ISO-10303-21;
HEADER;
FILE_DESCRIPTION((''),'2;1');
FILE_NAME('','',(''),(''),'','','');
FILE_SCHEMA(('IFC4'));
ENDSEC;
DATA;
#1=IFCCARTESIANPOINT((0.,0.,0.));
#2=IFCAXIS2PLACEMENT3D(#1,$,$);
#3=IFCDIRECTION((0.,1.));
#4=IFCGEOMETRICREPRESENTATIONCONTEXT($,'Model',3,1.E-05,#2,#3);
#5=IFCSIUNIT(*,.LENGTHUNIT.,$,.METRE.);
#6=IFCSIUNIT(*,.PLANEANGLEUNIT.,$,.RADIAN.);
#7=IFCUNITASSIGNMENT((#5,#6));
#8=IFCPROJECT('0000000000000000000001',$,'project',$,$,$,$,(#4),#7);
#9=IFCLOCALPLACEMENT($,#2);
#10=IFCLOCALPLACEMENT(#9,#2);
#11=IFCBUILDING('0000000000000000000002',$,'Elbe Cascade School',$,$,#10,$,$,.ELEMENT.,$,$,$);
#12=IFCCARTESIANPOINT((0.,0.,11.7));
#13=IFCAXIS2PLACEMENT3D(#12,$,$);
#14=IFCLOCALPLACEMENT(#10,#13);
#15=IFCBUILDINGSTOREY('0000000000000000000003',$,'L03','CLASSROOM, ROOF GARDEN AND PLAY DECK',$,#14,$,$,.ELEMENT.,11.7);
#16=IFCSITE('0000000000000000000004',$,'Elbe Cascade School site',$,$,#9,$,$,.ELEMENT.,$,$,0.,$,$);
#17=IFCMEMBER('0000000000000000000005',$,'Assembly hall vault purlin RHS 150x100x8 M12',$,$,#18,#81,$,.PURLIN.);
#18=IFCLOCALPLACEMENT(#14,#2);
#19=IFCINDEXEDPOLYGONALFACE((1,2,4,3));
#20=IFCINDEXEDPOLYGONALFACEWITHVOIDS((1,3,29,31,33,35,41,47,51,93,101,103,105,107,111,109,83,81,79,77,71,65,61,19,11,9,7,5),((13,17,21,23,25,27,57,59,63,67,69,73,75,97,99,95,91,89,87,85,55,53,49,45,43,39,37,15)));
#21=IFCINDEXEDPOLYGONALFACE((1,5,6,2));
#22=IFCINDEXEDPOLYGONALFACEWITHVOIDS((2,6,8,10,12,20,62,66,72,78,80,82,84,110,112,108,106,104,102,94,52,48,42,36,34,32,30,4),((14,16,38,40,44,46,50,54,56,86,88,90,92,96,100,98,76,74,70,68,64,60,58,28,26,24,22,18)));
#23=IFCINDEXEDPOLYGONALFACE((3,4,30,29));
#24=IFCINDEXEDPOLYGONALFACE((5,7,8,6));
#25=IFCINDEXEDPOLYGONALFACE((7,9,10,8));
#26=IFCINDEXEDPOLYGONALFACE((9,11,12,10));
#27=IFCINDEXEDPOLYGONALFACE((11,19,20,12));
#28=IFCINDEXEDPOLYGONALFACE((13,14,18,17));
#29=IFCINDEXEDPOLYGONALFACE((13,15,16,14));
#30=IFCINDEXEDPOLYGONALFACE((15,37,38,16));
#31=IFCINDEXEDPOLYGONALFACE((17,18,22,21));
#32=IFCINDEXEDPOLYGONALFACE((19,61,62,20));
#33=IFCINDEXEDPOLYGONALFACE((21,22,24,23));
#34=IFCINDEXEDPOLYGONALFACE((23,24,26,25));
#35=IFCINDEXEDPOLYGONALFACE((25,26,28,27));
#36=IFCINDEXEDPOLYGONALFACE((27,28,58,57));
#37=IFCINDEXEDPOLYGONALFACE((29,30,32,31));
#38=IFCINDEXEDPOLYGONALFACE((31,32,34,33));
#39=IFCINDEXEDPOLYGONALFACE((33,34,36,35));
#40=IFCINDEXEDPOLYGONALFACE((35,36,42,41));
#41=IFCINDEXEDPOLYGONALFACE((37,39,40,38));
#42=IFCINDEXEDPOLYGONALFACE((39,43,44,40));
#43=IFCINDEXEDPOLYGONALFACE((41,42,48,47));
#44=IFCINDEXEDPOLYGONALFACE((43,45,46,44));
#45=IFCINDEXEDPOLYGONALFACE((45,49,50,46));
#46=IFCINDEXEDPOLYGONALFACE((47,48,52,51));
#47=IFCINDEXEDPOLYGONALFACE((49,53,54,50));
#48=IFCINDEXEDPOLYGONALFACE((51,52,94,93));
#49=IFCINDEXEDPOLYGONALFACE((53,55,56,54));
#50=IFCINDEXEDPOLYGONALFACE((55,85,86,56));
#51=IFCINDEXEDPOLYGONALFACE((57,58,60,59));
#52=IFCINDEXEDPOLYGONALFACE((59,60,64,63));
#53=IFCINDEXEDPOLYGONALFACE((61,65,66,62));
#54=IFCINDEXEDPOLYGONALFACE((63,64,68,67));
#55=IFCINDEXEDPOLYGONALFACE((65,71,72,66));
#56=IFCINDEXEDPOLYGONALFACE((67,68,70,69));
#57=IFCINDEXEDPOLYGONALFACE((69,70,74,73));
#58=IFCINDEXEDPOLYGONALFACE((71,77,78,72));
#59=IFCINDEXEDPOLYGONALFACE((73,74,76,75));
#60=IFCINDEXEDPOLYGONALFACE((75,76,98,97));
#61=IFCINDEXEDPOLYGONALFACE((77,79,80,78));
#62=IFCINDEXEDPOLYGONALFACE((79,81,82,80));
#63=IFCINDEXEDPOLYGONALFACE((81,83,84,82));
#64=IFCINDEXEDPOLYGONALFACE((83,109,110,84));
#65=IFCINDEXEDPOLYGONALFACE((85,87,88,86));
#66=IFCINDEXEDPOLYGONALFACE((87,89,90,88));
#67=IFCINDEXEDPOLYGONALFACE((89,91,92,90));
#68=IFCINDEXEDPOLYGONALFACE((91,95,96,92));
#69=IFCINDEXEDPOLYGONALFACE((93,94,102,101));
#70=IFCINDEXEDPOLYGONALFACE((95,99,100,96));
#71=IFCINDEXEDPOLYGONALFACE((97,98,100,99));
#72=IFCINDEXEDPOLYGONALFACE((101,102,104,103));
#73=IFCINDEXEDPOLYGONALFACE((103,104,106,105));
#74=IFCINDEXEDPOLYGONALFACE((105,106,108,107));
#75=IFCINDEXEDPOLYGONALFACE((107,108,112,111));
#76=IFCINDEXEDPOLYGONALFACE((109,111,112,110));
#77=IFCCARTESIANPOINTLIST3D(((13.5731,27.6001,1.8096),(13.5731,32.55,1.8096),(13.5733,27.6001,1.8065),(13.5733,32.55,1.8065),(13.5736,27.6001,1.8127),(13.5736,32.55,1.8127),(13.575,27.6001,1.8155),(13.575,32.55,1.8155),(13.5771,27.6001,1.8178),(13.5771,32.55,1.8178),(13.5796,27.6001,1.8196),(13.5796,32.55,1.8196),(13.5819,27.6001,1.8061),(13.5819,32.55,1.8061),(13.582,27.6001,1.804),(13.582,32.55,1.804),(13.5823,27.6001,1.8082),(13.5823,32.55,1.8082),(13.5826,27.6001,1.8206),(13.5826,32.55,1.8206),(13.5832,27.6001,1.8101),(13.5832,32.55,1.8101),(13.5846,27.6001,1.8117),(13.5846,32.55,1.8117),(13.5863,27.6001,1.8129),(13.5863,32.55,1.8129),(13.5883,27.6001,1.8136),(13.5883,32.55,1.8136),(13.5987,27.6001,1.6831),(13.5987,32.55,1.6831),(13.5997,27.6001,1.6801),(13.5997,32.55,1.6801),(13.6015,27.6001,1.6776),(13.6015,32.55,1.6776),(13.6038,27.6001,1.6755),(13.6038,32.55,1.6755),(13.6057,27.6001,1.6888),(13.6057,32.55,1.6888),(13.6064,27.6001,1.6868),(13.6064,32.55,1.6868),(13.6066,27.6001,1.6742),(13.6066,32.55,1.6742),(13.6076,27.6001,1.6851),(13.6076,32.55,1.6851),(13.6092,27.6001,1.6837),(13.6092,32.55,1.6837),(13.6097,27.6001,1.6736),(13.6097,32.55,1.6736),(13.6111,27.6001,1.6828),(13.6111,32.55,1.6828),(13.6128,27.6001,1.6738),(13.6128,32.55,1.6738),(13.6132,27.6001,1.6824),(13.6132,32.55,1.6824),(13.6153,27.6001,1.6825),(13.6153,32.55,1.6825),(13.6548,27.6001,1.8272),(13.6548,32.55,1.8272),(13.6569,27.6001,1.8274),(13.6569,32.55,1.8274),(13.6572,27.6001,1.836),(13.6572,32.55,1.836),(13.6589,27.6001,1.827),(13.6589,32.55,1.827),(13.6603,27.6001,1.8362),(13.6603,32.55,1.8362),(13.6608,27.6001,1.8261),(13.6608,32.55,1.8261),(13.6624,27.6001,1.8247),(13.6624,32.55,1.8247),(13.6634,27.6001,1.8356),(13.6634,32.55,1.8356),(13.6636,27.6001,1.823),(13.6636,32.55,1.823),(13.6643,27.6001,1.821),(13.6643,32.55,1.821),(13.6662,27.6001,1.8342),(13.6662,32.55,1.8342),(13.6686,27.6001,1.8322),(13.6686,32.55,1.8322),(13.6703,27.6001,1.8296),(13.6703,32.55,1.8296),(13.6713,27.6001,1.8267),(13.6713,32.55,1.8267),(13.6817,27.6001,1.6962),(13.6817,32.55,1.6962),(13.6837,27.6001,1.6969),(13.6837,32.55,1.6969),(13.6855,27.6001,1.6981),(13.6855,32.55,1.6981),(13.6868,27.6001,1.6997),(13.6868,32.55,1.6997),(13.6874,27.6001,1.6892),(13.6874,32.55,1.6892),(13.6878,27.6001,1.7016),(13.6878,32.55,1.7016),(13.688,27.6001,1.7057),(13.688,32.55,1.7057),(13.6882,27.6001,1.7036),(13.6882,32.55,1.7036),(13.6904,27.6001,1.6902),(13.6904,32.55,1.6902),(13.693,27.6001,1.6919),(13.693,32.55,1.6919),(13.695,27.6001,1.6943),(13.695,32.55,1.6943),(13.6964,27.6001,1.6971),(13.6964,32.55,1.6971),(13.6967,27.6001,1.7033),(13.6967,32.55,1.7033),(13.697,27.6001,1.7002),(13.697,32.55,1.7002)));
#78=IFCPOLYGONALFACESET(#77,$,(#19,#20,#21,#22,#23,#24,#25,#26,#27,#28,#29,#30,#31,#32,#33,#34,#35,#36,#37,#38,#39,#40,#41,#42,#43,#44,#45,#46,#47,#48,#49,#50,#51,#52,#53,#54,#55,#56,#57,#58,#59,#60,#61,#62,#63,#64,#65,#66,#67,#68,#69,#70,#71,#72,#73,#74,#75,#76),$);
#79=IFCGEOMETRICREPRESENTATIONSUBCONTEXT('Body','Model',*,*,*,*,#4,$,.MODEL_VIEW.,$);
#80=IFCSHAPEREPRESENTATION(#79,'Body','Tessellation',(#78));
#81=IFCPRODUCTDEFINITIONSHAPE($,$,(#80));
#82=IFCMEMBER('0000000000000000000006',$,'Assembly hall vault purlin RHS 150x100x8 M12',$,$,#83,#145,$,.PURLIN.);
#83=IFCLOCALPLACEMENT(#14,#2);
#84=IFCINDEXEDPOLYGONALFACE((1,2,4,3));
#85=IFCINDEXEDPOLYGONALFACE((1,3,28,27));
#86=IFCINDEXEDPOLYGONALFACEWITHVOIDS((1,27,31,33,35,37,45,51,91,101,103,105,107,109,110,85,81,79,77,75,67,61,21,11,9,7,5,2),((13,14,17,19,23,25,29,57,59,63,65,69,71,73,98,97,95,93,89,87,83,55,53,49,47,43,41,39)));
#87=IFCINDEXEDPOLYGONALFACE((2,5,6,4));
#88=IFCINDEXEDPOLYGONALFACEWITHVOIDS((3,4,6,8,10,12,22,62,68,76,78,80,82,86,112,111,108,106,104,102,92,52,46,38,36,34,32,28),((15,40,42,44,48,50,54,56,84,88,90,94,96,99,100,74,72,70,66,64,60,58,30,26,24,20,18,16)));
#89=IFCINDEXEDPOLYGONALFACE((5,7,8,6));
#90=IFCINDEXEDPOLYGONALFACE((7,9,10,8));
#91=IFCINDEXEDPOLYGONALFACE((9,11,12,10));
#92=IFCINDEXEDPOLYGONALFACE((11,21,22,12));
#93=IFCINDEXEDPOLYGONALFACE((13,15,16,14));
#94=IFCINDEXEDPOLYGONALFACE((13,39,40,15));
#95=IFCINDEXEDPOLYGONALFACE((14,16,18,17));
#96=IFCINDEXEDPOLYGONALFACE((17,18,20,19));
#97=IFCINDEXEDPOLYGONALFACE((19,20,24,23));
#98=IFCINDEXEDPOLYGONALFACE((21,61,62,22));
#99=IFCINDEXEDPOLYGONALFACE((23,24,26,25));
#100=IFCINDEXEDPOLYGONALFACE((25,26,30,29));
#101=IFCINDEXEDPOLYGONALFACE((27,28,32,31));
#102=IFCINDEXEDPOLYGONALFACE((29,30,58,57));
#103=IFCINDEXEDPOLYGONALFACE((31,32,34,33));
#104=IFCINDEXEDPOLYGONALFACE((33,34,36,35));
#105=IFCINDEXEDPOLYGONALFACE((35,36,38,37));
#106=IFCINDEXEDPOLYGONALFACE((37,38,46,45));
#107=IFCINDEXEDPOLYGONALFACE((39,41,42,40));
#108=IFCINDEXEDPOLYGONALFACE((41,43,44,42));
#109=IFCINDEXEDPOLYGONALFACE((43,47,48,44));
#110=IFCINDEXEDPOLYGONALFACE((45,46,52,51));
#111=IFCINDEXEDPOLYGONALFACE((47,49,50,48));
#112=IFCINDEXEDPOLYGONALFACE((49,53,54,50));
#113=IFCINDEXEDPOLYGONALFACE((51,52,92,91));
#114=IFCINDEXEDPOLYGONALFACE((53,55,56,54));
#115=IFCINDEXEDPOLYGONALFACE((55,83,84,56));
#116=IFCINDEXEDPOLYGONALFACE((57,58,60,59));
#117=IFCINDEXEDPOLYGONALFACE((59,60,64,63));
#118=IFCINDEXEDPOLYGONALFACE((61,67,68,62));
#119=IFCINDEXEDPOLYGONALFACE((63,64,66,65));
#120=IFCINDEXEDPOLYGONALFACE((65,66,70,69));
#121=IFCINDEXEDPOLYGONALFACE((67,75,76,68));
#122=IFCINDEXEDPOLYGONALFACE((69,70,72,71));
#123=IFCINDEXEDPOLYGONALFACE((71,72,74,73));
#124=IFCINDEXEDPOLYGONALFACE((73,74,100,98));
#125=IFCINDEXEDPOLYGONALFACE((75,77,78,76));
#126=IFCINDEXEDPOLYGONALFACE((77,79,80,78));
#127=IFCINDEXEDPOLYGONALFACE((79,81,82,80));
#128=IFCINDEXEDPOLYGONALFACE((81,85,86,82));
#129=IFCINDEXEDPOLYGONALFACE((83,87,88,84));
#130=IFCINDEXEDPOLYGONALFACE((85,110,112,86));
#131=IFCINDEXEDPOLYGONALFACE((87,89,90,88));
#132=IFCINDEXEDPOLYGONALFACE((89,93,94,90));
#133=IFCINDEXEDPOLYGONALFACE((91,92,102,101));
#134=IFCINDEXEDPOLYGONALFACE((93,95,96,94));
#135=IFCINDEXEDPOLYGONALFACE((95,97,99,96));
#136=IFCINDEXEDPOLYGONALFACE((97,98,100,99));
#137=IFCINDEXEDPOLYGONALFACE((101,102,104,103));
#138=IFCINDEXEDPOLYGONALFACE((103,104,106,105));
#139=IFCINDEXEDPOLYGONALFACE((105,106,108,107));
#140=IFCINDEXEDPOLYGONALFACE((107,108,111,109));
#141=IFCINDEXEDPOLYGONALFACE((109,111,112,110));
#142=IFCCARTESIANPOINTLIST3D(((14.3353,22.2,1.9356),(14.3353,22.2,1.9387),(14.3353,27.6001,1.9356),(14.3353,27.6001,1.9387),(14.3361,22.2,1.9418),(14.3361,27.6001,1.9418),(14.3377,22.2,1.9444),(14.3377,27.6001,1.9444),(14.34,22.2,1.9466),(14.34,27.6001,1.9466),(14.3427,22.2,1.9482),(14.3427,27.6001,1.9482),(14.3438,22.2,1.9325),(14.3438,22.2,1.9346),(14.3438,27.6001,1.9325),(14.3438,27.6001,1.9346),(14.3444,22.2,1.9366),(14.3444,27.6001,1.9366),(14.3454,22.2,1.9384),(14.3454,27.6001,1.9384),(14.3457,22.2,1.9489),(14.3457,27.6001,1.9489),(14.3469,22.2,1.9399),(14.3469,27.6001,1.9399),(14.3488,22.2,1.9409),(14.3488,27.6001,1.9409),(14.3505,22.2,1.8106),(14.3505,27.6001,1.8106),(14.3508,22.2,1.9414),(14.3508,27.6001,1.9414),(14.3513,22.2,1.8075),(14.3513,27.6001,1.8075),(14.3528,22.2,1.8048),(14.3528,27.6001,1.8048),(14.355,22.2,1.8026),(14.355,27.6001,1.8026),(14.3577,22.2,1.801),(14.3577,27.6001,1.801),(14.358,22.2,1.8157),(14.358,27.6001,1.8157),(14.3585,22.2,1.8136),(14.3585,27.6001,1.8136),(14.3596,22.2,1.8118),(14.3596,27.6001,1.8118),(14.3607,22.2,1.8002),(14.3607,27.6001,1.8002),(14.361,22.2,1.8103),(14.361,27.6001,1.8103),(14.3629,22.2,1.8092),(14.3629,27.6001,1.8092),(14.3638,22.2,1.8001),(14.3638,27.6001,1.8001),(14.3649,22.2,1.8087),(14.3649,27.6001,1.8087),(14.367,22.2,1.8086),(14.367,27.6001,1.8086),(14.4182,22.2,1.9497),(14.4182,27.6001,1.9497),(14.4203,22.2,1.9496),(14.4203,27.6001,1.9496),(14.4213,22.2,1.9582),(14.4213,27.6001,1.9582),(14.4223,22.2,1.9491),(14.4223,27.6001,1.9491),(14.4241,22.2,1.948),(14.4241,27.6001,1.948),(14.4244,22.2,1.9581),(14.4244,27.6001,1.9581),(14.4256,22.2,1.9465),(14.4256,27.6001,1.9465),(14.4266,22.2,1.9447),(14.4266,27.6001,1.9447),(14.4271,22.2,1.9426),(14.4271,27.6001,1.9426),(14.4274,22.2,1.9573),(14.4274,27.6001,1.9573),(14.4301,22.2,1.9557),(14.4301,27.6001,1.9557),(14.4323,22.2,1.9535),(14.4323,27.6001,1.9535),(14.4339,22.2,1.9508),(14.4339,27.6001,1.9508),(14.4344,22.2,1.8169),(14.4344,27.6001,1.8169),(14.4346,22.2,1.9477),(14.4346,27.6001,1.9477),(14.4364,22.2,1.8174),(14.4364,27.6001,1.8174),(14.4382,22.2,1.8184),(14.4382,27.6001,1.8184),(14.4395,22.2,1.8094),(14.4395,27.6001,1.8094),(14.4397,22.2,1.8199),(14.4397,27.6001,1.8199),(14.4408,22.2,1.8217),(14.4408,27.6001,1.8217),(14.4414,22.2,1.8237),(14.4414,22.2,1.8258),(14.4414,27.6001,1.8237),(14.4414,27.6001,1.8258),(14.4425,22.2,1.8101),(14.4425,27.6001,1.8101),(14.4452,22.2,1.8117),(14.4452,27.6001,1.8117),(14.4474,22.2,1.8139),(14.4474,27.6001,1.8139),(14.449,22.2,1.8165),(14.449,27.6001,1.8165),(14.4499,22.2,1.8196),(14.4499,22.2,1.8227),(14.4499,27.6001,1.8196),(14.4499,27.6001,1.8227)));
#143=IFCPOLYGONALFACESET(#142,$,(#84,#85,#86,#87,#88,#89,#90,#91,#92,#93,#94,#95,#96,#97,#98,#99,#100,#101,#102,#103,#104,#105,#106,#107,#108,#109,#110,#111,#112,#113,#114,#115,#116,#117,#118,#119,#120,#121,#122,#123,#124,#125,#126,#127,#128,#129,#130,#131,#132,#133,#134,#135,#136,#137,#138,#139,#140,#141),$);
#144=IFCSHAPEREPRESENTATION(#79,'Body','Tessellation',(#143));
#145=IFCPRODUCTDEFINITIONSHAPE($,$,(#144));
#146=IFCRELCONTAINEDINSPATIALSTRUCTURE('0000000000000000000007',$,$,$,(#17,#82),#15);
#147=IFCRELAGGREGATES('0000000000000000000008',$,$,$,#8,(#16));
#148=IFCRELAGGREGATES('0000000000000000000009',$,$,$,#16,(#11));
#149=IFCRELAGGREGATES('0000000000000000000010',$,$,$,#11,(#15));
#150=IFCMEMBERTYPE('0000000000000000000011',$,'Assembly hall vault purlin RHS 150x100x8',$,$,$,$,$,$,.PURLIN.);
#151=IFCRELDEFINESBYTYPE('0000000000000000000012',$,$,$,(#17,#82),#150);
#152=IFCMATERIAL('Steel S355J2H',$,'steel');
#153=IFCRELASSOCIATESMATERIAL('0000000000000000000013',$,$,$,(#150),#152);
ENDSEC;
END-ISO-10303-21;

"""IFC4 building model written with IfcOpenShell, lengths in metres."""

from ifc_helpers import new_model, si_unit, direction, frame, origin, origin_2d, place, context, subcontext, project, spatial, hollow_rectangle, extrude, material, material_profile, profile_set, type_object, element, save


model = new_model("IFC4")

# Units and contexts
model_context = context("Model", 3, precision=1e-05, world=origin(), true_north=direction((0.0, 1.0)))
body_context = subcontext(model_context, "Body", "Model", "MODEL_VIEW")
ifc_project = project(units=[si_unit("LENGTHUNIT", "METRE"), si_unit("PLANEANGLEUNIT", "RADIAN")], contexts=[model_context])

# Site, building, storey
site_placement = place(None, origin())
site = spatial("IfcSite", under=ifc_project, at=site_placement, Name="Elbe Cascade School site", CompositionType="ELEMENT", RefElevation=0.0)
building_placement = place(site_placement, origin())
building = spatial("IfcBuilding", under=site, at=building_placement, Name="Elbe Cascade School", CompositionType="ELEMENT")
storey_placement = place(building_placement, frame((0.0, 0.0, 11.7)))
storey = spatial("IfcBuildingStorey", under=building, at=storey_placement, Name="L03", Description="CLASSROOM, ROOF GARDEN AND PLAY DECK", CompositionType="ELEMENT", Elevation=11.7)

# Members
ifc_material_1 = material(Name="Steel S355J2H", Category="steel")
ifc_material_profile_1 = material_profile(ifc_material_1, hollow_rectangle(XDim=0.1001, YDim=0.1499, WallThickness=0.0081, InnerFilletRadius=0.0081, OuterFilletRadius=0.012, at=origin_2d()), Name="RHS 150x100x8")
ifc_profile_set_1 = profile_set([ifc_material_profile_1], Name="Steel S355J2H")
member_type_1 = type_object("IfcMemberType", Name="Assembly hall vault purlin RHS 150x100x8", PredefinedType="PURLIN", material=ifc_profile_set_1)
member_1_placement = place(storey_placement, frame((13.635, 27.6001, 1.7549), z_axis=(0.0, 1.0, 0.0), x_axis=(-0.979451, 0.0, -0.201683)))
element("IfcMember", 1, at=member_1_placement, inside=storey, type_object=member_type_1, Name="Assembly hall vault purlin RHS 150x100x8 M12", PredefinedType="PURLIN", context=body_context, shape_type="SweptSolid", body=[
    extrude(hollow_rectangle(XDim=0.1001, YDim=0.1499, WallThickness=0.0081, InnerFilletRadius=0.0081, OuterFilletRadius=0.012, at=origin_2d()), origin(), (0.0, 0.0, 1.0), 4.95),
])
member_2_placement = place(storey_placement, frame((14.3926, 22.2, 1.8792), z_axis=(0.0, 1.0, 0.0), x_axis=(-0.992652, 0.0, -0.121003)))
element("IfcMember", 2, at=member_2_placement, inside=storey, type_object=member_type_1, Name="Assembly hall vault purlin RHS 150x100x8 M12", PredefinedType="PURLIN", context=body_context, shape_type="SweptSolid", body=[
    extrude(hollow_rectangle(XDim=0.1001, YDim=0.1499, WallThickness=0.0081, InnerFilletRadius=0.0081, OuterFilletRadius=0.012, at=origin_2d()), origin(), (0.0, 0.0, 1.0), 5.4001),
])

save(model, "model.ifc")
